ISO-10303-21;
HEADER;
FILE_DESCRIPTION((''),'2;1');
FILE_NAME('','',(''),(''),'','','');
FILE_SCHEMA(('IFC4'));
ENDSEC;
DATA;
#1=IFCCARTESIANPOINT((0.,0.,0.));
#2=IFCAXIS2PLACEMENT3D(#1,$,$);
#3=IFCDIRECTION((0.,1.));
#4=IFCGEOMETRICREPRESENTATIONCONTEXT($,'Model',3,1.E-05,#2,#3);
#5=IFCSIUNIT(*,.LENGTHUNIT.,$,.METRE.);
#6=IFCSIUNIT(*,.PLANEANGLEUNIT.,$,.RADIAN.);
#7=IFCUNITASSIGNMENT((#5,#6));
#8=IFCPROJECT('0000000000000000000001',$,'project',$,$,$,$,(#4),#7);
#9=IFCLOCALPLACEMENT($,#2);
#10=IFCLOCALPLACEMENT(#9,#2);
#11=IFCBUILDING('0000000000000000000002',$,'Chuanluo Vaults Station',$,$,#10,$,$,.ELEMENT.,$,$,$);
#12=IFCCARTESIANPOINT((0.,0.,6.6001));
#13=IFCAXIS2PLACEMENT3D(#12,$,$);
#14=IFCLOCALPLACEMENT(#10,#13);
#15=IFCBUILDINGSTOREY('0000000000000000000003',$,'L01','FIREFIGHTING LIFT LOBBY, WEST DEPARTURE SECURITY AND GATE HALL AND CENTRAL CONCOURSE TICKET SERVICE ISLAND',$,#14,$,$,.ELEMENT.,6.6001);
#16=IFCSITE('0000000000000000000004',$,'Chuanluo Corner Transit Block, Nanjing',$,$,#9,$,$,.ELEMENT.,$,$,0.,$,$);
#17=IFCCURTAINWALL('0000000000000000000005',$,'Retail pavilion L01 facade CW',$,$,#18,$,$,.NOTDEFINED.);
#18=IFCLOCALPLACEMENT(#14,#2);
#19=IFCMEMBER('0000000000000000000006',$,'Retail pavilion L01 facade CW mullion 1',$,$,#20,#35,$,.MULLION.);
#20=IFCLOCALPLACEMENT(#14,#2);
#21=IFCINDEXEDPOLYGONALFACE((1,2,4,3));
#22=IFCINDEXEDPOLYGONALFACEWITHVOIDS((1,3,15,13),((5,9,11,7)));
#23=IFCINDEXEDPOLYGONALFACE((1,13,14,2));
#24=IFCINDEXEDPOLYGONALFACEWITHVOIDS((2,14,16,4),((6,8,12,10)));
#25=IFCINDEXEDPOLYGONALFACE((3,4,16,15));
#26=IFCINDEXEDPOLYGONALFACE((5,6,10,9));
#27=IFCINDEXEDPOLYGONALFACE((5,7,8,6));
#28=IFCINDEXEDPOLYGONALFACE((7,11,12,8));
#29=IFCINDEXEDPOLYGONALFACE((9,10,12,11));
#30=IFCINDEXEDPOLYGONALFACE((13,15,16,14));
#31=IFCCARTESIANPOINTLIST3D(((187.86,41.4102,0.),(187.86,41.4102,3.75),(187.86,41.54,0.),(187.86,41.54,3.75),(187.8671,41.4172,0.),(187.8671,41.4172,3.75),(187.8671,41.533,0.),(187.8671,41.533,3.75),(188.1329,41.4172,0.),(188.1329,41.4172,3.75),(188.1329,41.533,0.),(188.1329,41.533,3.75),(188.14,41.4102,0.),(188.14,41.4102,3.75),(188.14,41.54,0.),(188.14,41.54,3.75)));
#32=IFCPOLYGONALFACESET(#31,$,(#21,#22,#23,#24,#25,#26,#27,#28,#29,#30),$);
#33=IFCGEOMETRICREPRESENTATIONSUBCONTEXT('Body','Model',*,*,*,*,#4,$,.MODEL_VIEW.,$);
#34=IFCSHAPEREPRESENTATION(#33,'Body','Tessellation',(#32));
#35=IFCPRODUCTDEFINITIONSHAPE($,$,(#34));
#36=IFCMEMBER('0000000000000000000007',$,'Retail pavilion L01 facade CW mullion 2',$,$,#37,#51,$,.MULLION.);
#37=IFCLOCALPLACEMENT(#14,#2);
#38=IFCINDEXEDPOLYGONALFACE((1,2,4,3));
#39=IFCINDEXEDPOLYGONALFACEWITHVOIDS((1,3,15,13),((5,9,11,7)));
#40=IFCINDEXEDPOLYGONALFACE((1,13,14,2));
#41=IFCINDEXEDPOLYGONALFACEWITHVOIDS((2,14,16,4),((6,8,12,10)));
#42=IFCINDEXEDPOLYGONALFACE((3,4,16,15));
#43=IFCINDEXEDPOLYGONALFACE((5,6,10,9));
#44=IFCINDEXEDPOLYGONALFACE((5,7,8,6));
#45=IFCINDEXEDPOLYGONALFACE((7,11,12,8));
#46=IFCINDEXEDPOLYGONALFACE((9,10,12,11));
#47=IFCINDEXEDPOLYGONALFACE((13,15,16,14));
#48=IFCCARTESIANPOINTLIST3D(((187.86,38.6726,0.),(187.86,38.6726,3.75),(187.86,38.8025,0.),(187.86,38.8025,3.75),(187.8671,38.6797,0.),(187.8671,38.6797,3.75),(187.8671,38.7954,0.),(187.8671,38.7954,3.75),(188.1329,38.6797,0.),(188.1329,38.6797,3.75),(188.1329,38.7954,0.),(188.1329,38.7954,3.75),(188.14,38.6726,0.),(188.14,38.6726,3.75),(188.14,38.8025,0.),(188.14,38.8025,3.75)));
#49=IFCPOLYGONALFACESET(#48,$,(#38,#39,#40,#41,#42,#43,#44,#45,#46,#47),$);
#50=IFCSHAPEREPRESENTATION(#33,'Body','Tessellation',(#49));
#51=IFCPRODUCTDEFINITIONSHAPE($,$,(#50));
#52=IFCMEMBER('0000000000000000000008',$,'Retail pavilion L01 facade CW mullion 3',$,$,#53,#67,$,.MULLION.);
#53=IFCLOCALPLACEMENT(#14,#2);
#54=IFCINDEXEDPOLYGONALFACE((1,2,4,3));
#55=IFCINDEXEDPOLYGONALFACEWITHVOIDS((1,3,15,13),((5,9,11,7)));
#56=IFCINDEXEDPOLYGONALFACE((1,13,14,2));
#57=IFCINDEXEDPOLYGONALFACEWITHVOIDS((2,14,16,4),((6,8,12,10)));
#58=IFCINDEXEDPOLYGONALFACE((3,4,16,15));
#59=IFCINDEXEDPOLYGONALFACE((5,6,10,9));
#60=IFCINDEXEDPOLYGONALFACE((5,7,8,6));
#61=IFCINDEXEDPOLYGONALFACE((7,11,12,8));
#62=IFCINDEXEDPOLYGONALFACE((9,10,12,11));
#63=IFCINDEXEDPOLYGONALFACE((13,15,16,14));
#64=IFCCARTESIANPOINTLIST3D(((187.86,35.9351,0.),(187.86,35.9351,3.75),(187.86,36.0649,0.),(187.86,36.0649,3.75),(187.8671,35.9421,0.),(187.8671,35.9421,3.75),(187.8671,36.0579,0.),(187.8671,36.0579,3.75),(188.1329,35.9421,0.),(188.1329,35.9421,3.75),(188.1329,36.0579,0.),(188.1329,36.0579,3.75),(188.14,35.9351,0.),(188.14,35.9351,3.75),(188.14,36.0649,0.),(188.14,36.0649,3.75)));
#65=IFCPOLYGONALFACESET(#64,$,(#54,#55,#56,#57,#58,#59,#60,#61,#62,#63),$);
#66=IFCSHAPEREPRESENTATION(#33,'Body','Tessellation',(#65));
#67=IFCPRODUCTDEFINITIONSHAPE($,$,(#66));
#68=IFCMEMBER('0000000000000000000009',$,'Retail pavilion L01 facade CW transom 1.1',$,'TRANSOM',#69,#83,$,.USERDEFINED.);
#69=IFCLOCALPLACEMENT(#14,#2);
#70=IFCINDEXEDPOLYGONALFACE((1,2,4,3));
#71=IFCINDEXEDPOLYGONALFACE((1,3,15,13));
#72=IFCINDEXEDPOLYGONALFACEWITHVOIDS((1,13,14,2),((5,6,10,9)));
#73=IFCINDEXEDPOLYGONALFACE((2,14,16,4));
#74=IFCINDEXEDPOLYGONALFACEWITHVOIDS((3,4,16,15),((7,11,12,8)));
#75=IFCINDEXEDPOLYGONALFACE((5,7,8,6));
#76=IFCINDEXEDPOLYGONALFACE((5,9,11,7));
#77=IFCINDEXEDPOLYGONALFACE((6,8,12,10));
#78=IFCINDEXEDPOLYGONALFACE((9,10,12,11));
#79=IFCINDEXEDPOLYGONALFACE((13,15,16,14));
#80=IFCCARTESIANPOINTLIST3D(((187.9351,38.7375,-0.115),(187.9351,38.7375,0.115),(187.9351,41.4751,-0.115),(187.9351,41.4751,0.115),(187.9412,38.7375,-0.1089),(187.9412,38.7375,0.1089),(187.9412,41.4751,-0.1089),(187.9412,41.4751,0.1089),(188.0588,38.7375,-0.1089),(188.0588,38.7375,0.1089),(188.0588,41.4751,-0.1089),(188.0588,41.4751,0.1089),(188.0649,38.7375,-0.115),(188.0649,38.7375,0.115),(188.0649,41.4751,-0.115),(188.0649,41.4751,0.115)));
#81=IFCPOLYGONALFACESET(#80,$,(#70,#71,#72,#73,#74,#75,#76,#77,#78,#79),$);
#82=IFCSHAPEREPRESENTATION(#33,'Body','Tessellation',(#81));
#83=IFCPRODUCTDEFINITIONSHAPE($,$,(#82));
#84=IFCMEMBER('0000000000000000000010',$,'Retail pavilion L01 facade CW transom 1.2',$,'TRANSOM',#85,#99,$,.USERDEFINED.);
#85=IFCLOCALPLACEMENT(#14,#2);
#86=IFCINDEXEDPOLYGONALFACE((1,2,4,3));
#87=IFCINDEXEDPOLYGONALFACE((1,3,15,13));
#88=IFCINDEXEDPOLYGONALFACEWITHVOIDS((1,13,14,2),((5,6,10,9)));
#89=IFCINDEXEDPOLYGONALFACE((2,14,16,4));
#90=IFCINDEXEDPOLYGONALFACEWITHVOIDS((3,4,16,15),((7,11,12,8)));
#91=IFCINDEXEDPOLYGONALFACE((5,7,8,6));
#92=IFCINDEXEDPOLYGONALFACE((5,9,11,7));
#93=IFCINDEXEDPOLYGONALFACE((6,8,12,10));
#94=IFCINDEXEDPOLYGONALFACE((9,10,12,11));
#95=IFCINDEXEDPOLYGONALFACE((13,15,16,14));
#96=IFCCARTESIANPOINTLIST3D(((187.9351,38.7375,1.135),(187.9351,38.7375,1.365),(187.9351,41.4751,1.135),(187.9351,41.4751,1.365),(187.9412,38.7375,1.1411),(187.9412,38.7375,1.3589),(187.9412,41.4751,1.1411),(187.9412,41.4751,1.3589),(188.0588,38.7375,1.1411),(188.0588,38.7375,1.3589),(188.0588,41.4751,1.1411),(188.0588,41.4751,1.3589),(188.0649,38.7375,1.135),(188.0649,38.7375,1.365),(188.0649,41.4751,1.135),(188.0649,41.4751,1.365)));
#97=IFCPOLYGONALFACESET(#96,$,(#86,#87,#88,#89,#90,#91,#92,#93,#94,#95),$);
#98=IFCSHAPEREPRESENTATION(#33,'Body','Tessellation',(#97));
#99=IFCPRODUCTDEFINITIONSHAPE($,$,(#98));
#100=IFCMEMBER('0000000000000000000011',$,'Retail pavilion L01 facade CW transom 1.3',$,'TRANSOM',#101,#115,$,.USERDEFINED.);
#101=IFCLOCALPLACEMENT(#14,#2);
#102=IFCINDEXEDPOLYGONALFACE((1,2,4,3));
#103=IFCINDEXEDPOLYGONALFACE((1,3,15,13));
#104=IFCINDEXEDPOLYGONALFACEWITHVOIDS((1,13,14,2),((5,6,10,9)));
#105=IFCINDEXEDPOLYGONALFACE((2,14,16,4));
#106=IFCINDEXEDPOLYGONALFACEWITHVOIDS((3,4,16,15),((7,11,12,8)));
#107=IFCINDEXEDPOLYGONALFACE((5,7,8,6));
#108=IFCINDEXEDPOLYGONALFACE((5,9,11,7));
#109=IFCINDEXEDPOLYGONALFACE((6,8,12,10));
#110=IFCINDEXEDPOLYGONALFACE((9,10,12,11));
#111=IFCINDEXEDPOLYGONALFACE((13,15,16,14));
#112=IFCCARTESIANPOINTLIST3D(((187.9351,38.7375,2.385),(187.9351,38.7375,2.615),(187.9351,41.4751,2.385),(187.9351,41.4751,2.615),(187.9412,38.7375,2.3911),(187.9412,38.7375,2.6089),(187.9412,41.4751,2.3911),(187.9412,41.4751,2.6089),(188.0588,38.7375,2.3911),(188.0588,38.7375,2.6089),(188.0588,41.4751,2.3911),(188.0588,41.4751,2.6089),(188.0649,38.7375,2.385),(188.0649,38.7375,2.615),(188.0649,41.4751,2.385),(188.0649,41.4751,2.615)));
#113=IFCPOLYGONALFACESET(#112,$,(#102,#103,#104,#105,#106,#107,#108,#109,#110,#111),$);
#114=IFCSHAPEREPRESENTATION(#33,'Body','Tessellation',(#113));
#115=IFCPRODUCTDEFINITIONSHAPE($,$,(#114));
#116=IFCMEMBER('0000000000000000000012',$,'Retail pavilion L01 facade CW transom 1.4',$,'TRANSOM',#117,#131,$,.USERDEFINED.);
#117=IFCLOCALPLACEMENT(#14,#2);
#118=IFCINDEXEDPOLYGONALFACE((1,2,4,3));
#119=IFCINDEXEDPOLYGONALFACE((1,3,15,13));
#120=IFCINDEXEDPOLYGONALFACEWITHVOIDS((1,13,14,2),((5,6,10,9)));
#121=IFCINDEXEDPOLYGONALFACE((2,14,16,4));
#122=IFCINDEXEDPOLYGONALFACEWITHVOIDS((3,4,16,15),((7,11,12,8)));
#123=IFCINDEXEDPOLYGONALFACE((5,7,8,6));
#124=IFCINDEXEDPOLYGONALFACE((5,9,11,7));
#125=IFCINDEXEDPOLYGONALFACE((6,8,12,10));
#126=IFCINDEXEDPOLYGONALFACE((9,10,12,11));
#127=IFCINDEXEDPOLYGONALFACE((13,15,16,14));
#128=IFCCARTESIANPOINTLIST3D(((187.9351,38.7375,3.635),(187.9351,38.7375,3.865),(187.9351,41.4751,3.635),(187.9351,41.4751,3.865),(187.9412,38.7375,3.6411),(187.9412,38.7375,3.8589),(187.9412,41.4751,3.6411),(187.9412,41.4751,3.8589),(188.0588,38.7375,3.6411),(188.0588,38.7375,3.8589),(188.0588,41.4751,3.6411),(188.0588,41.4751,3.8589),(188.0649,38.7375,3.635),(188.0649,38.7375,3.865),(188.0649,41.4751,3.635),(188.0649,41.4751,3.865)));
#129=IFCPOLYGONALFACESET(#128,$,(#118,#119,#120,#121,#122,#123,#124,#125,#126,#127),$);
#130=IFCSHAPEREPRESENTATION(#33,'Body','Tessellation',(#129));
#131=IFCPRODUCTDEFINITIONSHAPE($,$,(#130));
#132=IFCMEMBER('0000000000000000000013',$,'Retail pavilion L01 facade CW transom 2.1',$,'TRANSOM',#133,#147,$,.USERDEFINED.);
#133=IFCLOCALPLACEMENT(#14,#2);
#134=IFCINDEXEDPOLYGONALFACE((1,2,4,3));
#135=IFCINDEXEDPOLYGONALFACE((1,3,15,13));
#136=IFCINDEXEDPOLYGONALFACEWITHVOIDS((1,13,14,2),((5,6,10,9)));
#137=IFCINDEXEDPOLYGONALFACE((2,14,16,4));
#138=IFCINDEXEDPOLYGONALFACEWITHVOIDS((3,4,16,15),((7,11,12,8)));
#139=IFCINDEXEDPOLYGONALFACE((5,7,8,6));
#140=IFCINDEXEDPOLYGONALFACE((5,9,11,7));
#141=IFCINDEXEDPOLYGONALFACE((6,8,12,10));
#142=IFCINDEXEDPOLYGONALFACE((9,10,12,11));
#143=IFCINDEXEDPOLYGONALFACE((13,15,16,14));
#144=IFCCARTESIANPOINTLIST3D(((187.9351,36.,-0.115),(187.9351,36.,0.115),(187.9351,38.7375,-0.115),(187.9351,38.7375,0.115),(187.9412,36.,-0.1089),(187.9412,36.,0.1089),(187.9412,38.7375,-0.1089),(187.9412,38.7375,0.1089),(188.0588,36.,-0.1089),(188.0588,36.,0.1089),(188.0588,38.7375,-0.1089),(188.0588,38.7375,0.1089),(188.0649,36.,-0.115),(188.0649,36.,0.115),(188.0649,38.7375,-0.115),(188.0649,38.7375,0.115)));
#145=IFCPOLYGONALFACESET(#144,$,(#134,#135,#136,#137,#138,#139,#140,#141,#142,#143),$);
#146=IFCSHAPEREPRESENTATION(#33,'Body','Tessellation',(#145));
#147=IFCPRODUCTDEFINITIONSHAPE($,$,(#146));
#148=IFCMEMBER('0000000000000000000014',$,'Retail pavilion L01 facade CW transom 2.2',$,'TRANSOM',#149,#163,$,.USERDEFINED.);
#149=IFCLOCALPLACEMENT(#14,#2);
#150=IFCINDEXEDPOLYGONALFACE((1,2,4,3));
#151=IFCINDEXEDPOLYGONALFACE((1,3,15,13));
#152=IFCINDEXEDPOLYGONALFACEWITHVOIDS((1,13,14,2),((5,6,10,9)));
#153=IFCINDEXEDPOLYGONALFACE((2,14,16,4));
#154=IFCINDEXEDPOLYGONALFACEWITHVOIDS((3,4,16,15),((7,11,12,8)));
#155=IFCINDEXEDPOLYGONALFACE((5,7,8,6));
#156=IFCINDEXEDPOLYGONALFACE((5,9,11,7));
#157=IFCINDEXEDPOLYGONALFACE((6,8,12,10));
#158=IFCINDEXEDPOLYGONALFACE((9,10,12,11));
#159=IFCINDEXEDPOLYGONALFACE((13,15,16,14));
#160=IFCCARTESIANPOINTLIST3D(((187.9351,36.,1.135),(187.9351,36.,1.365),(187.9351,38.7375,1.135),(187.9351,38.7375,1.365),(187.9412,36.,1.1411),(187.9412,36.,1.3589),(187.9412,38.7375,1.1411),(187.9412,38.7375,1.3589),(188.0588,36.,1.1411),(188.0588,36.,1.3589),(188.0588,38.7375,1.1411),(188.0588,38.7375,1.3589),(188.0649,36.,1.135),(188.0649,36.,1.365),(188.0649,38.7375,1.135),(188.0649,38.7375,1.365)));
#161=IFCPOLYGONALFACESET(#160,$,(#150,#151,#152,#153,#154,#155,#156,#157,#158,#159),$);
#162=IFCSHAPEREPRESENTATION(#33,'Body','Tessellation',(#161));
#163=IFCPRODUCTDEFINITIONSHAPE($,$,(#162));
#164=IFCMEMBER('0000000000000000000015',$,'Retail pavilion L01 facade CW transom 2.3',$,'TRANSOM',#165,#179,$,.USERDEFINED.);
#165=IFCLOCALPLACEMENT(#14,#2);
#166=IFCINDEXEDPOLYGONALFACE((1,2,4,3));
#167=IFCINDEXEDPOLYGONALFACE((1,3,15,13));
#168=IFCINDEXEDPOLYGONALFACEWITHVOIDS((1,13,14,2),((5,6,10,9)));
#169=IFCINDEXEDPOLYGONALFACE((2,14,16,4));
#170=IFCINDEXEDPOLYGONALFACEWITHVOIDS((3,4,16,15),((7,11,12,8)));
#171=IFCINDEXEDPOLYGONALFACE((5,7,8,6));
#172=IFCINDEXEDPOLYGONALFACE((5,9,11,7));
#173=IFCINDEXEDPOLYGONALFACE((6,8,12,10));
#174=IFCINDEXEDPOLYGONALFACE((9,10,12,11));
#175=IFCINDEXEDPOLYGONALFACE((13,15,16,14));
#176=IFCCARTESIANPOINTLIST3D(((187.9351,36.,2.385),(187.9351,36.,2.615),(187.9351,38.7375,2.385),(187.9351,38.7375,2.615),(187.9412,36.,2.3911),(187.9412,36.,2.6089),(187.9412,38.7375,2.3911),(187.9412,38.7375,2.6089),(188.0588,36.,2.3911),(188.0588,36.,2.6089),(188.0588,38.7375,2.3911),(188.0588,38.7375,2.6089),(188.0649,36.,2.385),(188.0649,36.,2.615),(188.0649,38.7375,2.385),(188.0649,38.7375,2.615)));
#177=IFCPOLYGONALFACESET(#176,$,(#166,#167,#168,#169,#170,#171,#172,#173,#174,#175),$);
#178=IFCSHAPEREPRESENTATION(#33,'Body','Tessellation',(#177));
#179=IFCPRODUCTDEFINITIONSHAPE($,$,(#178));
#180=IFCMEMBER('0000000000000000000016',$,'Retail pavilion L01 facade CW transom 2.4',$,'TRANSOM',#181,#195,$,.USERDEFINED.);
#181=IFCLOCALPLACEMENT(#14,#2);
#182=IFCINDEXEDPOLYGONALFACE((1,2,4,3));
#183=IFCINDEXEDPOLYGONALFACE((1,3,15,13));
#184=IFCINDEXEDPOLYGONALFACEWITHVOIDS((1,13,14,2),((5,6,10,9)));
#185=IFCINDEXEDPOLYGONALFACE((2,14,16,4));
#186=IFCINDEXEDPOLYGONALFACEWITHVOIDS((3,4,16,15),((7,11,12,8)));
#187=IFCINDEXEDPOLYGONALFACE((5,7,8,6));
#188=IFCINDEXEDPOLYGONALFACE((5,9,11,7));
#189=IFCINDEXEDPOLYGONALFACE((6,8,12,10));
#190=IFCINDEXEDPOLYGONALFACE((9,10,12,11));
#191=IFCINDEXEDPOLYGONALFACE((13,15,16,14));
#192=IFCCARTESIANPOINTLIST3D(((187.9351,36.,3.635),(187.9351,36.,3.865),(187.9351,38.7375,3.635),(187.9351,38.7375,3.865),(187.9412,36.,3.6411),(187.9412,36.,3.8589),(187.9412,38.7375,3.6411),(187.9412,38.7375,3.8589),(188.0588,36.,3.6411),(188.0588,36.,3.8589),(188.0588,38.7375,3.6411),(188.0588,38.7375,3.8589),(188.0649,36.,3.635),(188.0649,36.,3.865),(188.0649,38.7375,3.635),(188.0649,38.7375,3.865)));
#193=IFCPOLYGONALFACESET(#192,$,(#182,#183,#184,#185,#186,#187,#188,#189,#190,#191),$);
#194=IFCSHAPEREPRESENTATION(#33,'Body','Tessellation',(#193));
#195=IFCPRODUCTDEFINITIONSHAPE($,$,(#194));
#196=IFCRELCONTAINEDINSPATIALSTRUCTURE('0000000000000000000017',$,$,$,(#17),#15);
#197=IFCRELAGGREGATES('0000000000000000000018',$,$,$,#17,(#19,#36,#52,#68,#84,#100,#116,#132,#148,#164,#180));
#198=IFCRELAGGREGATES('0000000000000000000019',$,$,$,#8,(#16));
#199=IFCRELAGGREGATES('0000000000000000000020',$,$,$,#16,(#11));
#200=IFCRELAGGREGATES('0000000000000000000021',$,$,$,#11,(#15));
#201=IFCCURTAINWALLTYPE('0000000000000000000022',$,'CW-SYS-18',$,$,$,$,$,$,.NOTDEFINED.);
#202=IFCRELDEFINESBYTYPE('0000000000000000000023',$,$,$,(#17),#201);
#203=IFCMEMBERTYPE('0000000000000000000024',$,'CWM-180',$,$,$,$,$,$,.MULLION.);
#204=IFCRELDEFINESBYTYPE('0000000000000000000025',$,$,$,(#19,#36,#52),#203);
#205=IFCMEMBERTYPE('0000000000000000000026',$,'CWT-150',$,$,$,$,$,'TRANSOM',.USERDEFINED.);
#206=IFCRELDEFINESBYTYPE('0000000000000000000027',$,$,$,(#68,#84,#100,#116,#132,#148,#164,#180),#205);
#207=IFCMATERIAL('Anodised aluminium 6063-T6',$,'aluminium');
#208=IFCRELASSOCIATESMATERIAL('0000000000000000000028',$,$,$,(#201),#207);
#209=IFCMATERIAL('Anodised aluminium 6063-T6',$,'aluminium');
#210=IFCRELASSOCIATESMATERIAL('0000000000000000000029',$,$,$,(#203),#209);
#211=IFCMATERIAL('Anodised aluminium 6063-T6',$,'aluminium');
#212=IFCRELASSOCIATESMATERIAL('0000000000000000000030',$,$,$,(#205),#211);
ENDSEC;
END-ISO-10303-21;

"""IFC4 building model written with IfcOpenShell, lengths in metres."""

from ifc_helpers import new_model, si_unit, direction, frame, origin, origin_2d, place, context, subcontext, project, spatial, hollow_rectangle, extrude, material, material_profile, profile_set, type_object, element, aggregate, save


model = new_model("IFC4")

# Units and contexts
model_context = context("Model", 3, precision=1e-05, world=origin(), true_north=direction((0.0, 1.0)))
body_context = subcontext(model_context, "Body", "Model", "MODEL_VIEW")
ifc_project = project(units=[si_unit("LENGTHUNIT", "METRE"), si_unit("PLANEANGLEUNIT", "RADIAN")], contexts=[model_context])

# Site, building, storey
site_placement = place(None, origin())
site = spatial("IfcSite", under=ifc_project, at=site_placement, Name="Chuanluo Corner Transit Block, Nanjing", CompositionType="ELEMENT", RefElevation=0.0)
building_placement = place(site_placement, origin())
building = spatial("IfcBuilding", under=site, at=building_placement, Name="Chuanluo Vaults Station", CompositionType="ELEMENT")
storey_placement = place(building_placement, frame((0.0, 0.0, 6.6001)))
storey = spatial("IfcBuildingStorey", under=building, at=storey_placement, Name="L01", Description="FIREFIGHTING LIFT LOBBY, WEST DEPARTURE SECURITY AND GATE HALL AND CENTRAL CONCOURSE TICKET SERVICE ISLAND", CompositionType="ELEMENT", Elevation=6.6001)

# Curtain wall, members
ifc_material_1 = material(Name="Anodised aluminium 6063-T6", Category="aluminium")
curtain_wall_type = type_object("IfcCurtainWallType", Name="CW-SYS-18", PredefinedType="NOTDEFINED", material=ifc_material_1)
curtain_wall_placement = place(storey_placement, origin())
curtain_wall = element("IfcCurtainWall", 1, at=curtain_wall_placement, inside=storey, type_object=curtain_wall_type, Name="Retail pavilion L01 facade CW", PredefinedType="NOTDEFINED")
ifc_material_2 = material(Name="Anodised aluminium 6063-T6", Category="aluminium")
ifc_material_profile_1 = material_profile(ifc_material_2, hollow_rectangle(XDim=0.1299, YDim=0.28, WallThickness=0.0071, at=origin_2d()))
ifc_profile_set_1 = profile_set([ifc_material_profile_1], Name="Anodised aluminium 6063-T6")
member_type_1 = type_object("IfcMemberType", Name="CWM-180", PredefinedType="MULLION", material=ifc_profile_set_1)
member_1_placement = place(storey_placement, frame((188.0, 41.4751, 0.0), z_axis=(0.0, 0.0, 1.0), x_axis=(0.0, -1.0, 0.0)))
member_1 = element("IfcMember", 2, at=member_1_placement, type_object=member_type_1, Name="Retail pavilion L01 facade CW mullion 1", PredefinedType="MULLION", context=body_context, shape_type="SweptSolid", body=[
    extrude(hollow_rectangle(XDim=0.1299, YDim=0.28, WallThickness=0.0071, at=origin_2d()), origin(), (0.0, 0.0, 1.0), 3.75),
])
member_2_placement = place(storey_placement, frame((188.0, 38.7375, 0.0), z_axis=(0.0, 0.0, 1.0), x_axis=(0.0, -1.0, 0.0)))
member_2 = element("IfcMember", 3, at=member_2_placement, type_object=member_type_1, Name="Retail pavilion L01 facade CW mullion 2", PredefinedType="MULLION", context=body_context, shape_type="SweptSolid", body=[
    extrude(hollow_rectangle(XDim=0.1299, YDim=0.28, WallThickness=0.0071, at=origin_2d()), origin(), (0.0, 0.0, 1.0), 3.75),
])
member_3_placement = place(storey_placement, frame((188.0, 36.0, 0.0), z_axis=(0.0, 0.0, 1.0), x_axis=(0.0, -1.0, 0.0)))
member_3 = element("IfcMember", 4, at=member_3_placement, type_object=member_type_1, Name="Retail pavilion L01 facade CW mullion 3", PredefinedType="MULLION", context=body_context, shape_type="SweptSolid", body=[
    extrude(hollow_rectangle(XDim=0.1299, YDim=0.28, WallThickness=0.0071, at=origin_2d()), origin(), (0.0, 0.0, 1.0), 3.75),
])
ifc_material_3 = material(Name="Anodised aluminium 6063-T6", Category="aluminium")
ifc_material_profile_2 = material_profile(ifc_material_3, hollow_rectangle(XDim=0.1299, YDim=0.23, WallThickness=0.0061, at=origin_2d()))
ifc_profile_set_2 = profile_set([ifc_material_profile_2], Name="Anodised aluminium 6063-T6")
member_type_2 = type_object("IfcMemberType", Name="CWT-150", ElementType="TRANSOM", PredefinedType="USERDEFINED", material=ifc_profile_set_2)
member_4_placement = place(storey_placement, frame((188.0, 41.4751, 0.0), z_axis=(0.0, -1.0, 0.0), x_axis=(1.0, 0.0, 0.0)))
member_4 = element("IfcMember", 5, at=member_4_placement, type_object=member_type_2, Name="Retail pavilion L01 facade CW transom 1.1", ObjectType="TRANSOM", PredefinedType="USERDEFINED", context=body_context, shape_type="SweptSolid", body=[
    extrude(hollow_rectangle(XDim=0.1299, YDim=0.23, WallThickness=0.0061, at=origin_2d()), origin(), (0.0, 0.0, 1.0), 2.7375),
])
member_5_placement = place(storey_placement, frame((188.0, 41.4751, 1.25), z_axis=(0.0, -1.0, 0.0), x_axis=(1.0, 0.0, 0.0)))
member_5 = element("IfcMember", 6, at=member_5_placement, type_object=member_type_2, Name="Retail pavilion L01 facade CW transom 1.2", ObjectType="TRANSOM", PredefinedType="USERDEFINED", context=body_context, shape_type="SweptSolid", body=[
    extrude(hollow_rectangle(XDim=0.1299, YDim=0.23, WallThickness=0.0061, at=origin_2d()), origin(), (0.0, 0.0, 1.0), 2.7375),
])
member_6_placement = place(storey_placement, frame((188.0, 41.4751, 2.5), z_axis=(0.0, -1.0, 0.0), x_axis=(1.0, 0.0, 0.0)))
member_6 = element("IfcMember", 7, at=member_6_placement, type_object=member_type_2, Name="Retail pavilion L01 facade CW transom 1.3", ObjectType="TRANSOM", PredefinedType="USERDEFINED", context=body_context, shape_type="SweptSolid", body=[
    extrude(hollow_rectangle(XDim=0.1299, YDim=0.23, WallThickness=0.0061, at=origin_2d()), origin(), (0.0, 0.0, 1.0), 2.7375),
])
member_7_placement = place(storey_placement, frame((188.0, 41.4751, 3.75), z_axis=(0.0, -1.0, 0.0), x_axis=(1.0, 0.0, 0.0)))
member_7 = element("IfcMember", 8, at=member_7_placement, type_object=member_type_2, Name="Retail pavilion L01 facade CW transom 1.4", ObjectType="TRANSOM", PredefinedType="USERDEFINED", context=body_context, shape_type="SweptSolid", body=[
    extrude(hollow_rectangle(XDim=0.1299, YDim=0.23, WallThickness=0.0061, at=origin_2d()), origin(), (0.0, 0.0, 1.0), 2.7375),
])
member_8_placement = place(storey_placement, frame((188.0, 38.7375, 0.0), z_axis=(0.0, -1.0, 0.0), x_axis=(1.0, 0.0, 0.0)))
member_8 = element("IfcMember", 9, at=member_8_placement, type_object=member_type_2, Name="Retail pavilion L01 facade CW transom 2.1", ObjectType="TRANSOM", PredefinedType="USERDEFINED", context=body_context, shape_type="SweptSolid", body=[
    extrude(hollow_rectangle(XDim=0.1299, YDim=0.23, WallThickness=0.0061, at=origin_2d()), origin(), (0.0, 0.0, 1.0), 2.7375),
])
member_9_placement = place(storey_placement, frame((188.0, 38.7375, 1.25), z_axis=(0.0, -1.0, 0.0), x_axis=(1.0, 0.0, 0.0)))
member_9 = element("IfcMember", 10, at=member_9_placement, type_object=member_type_2, Name="Retail pavilion L01 facade CW transom 2.2", ObjectType="TRANSOM", PredefinedType="USERDEFINED", context=body_context, shape_type="SweptSolid", body=[
    extrude(hollow_rectangle(XDim=0.1299, YDim=0.23, WallThickness=0.0061, at=origin_2d()), origin(), (0.0, 0.0, 1.0), 2.7375),
])
member_10_placement = place(storey_placement, frame((188.0, 38.7375, 2.5), z_axis=(0.0, -1.0, 0.0), x_axis=(1.0, 0.0, 0.0)))
member_10 = element("IfcMember", 11, at=member_10_placement, type_object=member_type_2, Name="Retail pavilion L01 facade CW transom 2.3", ObjectType="TRANSOM", PredefinedType="USERDEFINED", context=body_context, shape_type="SweptSolid", body=[
    extrude(hollow_rectangle(XDim=0.1299, YDim=0.23, WallThickness=0.0061, at=origin_2d()), origin(), (0.0, 0.0, 1.0), 2.7375),
])
member_11_placement = place(storey_placement, frame((188.0, 38.7375, 3.75), z_axis=(0.0, -1.0, 0.0), x_axis=(1.0, 0.0, 0.0)))
member_11 = element("IfcMember", 12, at=member_11_placement, type_object=member_type_2, Name="Retail pavilion L01 facade CW transom 2.4", ObjectType="TRANSOM", PredefinedType="USERDEFINED", context=body_context, shape_type="SweptSolid", body=[
    extrude(hollow_rectangle(XDim=0.1299, YDim=0.23, WallThickness=0.0061, at=origin_2d()), origin(), (0.0, 0.0, 1.0), 2.7375),
])
aggregate(curtain_wall, [member_1, member_2, member_3, member_4, member_5, member_6, member_7, member_8, member_9, member_10, member_11])

save(model, "model.ifc")
